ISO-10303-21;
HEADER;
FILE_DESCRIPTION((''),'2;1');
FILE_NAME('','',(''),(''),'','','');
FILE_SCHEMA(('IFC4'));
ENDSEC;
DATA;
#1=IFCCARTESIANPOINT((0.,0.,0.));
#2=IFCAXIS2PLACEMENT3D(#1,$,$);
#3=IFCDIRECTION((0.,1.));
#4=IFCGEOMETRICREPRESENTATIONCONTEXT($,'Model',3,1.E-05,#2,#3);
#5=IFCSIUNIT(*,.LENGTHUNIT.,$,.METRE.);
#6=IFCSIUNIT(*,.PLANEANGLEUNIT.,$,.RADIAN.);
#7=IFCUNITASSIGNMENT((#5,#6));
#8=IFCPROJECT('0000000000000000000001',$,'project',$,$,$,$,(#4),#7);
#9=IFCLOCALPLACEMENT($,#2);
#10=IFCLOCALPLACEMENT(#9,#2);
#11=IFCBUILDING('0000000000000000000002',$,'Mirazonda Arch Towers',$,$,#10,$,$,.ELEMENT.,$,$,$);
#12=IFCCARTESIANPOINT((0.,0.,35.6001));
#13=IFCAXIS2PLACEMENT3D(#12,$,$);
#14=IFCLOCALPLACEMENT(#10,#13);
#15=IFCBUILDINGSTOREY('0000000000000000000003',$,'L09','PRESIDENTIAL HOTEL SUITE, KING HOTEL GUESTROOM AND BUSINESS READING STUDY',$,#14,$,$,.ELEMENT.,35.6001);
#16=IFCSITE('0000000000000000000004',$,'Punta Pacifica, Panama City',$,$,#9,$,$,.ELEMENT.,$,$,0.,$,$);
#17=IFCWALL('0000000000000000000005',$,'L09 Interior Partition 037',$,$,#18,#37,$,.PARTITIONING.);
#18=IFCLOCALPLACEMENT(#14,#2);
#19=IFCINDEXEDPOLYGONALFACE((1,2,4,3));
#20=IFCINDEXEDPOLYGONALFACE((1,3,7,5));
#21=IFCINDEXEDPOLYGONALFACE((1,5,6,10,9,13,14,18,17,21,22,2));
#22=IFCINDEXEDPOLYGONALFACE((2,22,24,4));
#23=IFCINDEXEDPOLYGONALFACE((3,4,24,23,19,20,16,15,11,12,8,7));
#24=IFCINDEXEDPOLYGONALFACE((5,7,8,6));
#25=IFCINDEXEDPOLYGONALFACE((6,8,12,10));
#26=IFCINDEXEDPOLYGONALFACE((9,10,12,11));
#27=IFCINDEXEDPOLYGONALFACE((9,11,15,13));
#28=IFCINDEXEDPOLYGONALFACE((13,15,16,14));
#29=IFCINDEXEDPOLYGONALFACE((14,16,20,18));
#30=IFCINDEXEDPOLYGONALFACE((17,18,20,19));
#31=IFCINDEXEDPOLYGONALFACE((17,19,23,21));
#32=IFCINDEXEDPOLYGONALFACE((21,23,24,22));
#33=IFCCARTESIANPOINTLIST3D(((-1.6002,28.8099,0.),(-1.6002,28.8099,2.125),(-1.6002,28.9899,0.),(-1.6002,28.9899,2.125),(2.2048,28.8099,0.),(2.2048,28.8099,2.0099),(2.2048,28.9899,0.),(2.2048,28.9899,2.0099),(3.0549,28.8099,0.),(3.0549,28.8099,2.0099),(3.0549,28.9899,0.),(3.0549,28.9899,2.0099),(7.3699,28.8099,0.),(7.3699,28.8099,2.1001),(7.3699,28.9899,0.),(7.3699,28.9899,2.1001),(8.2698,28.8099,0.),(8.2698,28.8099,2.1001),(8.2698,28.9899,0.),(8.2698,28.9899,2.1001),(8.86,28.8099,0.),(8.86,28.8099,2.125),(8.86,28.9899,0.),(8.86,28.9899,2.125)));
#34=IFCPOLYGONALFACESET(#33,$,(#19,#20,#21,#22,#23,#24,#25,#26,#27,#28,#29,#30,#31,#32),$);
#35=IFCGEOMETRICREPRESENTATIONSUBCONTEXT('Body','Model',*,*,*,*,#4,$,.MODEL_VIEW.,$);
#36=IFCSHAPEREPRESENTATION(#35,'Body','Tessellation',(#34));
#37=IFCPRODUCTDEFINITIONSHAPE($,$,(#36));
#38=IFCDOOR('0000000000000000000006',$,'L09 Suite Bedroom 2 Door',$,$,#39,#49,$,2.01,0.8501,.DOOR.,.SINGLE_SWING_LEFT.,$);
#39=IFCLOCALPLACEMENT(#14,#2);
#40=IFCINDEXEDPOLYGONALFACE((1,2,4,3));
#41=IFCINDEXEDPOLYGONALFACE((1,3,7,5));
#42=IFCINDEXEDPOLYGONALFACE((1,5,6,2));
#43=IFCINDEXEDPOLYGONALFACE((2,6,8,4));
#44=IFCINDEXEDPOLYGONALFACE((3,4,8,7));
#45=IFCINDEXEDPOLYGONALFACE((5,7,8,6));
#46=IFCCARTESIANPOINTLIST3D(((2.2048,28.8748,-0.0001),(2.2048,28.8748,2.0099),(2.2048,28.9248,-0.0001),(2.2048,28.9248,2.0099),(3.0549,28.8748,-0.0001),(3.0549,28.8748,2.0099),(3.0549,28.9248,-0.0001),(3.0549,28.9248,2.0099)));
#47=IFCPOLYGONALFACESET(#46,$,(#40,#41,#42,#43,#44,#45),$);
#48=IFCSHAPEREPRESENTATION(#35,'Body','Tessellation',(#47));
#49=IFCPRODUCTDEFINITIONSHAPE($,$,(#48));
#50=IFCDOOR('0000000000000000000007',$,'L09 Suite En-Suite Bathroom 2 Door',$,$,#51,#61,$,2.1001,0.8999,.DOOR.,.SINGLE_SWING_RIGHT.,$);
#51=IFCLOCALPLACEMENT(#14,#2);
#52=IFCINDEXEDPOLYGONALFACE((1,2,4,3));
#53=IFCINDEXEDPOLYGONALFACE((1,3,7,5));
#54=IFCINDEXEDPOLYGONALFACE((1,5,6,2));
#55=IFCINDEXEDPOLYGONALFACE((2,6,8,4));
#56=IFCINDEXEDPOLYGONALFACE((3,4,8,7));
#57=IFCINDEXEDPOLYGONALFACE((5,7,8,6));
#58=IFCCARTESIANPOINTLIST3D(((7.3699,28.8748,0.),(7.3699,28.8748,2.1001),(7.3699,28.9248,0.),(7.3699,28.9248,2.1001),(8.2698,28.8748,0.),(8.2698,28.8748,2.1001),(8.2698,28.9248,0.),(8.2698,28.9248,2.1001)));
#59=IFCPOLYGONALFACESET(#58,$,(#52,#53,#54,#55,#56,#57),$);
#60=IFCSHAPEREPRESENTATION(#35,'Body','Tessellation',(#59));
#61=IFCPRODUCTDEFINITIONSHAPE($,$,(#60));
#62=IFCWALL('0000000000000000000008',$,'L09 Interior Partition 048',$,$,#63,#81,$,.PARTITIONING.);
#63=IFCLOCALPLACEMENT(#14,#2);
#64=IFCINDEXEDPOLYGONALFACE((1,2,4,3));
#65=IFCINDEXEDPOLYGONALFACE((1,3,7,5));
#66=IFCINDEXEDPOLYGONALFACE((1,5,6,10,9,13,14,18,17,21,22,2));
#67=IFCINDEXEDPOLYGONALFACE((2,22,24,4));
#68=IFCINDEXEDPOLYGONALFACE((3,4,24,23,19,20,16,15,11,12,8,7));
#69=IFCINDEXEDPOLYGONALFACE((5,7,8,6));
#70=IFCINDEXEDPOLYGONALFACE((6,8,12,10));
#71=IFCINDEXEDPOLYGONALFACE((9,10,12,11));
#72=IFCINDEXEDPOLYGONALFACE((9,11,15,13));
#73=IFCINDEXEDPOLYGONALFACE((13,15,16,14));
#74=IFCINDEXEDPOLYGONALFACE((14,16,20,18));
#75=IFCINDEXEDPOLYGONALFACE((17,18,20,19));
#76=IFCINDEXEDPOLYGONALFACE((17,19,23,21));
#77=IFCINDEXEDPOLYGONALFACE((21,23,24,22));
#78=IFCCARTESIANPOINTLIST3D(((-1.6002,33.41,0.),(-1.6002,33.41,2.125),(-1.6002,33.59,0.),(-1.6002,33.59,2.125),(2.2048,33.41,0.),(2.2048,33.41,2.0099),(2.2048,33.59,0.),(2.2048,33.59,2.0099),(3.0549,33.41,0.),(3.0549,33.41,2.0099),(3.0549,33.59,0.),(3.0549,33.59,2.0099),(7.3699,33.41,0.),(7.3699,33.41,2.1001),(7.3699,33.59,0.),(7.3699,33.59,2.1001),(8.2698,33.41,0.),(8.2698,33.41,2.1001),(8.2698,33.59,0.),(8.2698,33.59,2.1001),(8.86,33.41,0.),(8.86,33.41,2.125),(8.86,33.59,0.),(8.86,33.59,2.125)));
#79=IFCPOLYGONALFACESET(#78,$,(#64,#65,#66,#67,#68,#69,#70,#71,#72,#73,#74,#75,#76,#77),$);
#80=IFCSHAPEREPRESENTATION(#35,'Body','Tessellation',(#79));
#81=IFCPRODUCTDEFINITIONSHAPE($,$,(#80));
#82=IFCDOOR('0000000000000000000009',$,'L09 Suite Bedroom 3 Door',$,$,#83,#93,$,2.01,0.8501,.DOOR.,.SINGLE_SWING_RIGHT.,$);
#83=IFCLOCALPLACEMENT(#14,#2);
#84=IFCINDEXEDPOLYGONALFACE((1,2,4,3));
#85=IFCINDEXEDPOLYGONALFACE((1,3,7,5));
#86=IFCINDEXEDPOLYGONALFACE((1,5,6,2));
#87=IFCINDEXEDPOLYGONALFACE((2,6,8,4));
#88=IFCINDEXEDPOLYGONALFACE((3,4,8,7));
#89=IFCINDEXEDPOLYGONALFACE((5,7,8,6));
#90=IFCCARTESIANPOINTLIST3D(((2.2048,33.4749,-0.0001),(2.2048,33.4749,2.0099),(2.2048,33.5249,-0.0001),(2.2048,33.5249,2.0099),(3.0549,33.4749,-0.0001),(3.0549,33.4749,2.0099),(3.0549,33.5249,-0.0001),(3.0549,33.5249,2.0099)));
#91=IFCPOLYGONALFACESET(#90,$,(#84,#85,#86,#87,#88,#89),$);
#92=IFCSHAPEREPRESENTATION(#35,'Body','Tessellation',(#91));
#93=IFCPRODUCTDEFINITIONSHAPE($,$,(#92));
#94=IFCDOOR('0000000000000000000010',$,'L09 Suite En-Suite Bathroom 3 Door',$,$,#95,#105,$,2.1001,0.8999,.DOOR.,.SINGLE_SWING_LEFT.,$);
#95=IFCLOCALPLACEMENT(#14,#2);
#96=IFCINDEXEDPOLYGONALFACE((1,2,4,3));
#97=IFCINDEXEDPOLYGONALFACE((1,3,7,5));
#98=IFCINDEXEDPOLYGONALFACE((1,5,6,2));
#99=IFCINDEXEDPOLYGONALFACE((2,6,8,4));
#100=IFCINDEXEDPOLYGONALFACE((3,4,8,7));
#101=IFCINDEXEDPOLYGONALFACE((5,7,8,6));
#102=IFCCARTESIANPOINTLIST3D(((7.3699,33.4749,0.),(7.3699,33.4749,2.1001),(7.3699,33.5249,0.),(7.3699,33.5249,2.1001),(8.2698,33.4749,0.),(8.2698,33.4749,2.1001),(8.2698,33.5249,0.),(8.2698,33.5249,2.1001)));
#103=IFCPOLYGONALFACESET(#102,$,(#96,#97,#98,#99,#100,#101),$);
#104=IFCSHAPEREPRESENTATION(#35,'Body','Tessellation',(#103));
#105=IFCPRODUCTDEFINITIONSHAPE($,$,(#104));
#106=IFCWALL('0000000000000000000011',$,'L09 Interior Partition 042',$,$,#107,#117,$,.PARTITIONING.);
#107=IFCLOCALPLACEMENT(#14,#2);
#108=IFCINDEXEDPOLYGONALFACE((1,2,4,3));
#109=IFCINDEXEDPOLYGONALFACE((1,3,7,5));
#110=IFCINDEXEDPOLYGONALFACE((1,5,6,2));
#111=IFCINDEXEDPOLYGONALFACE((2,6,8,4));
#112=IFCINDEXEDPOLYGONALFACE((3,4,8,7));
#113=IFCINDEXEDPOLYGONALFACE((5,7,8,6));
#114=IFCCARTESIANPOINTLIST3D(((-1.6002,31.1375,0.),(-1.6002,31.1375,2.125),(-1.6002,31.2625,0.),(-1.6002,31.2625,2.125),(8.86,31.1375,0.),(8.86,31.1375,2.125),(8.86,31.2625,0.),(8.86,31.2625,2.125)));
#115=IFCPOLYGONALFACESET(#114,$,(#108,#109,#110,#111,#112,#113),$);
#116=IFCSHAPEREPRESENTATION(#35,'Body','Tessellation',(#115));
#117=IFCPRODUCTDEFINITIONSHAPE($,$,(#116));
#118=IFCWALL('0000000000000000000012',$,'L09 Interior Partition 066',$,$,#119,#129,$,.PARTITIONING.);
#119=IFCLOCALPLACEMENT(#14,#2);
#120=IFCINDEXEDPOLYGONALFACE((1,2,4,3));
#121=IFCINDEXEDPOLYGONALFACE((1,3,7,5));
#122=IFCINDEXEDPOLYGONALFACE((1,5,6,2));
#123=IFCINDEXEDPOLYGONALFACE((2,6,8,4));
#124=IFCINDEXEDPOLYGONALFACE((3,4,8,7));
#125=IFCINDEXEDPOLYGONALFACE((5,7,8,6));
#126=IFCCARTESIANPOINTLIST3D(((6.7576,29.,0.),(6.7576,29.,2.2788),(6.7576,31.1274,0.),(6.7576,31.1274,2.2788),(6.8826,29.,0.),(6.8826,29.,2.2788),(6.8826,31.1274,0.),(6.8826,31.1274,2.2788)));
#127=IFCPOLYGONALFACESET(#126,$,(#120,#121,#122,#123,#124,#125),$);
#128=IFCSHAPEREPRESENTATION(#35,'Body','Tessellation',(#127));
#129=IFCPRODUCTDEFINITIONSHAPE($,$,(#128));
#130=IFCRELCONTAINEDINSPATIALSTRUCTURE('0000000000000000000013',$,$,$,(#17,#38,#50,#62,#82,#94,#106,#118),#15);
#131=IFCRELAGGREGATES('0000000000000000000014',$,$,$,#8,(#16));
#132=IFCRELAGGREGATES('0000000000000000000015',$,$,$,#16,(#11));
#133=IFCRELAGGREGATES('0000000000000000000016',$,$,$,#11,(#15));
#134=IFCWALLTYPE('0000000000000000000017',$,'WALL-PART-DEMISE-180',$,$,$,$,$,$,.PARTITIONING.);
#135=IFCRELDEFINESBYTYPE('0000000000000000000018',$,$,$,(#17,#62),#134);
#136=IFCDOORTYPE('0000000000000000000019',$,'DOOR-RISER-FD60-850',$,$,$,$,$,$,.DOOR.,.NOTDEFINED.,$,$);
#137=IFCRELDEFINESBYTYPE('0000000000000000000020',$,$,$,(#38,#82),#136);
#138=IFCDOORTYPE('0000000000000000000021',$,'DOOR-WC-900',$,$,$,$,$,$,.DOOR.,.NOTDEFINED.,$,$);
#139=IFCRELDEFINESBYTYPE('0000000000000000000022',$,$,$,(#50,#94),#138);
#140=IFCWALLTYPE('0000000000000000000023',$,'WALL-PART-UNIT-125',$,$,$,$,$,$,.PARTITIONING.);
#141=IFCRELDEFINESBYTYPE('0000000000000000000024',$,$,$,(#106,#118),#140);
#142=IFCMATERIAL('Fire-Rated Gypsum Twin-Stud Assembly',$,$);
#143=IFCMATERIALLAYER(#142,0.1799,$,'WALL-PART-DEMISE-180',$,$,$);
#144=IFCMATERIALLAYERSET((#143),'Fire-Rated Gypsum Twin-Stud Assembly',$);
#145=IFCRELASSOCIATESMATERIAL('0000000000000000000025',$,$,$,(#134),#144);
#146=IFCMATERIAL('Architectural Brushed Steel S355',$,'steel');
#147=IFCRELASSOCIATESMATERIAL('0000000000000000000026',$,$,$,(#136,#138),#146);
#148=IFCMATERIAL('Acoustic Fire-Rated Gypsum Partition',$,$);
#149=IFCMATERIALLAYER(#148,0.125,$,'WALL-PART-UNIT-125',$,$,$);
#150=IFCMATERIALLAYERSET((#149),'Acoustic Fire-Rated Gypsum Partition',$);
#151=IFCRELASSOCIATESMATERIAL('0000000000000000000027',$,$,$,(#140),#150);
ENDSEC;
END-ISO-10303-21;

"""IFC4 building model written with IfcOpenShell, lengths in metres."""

from ifc_helpers import new_model, si_unit, direction, frame, frame_2d, origin, place, context, subcontext, project, spatial, rectangle, extrude, material, layer, layer_set, type_object, element, fill, save


model = new_model("IFC4")

# Units and contexts
model_context = context("Model", 3, precision=1e-05, world=origin(), true_north=direction((0.0, 1.0)))
body_context = subcontext(model_context, "Body", "Model", "MODEL_VIEW")
ifc_project = project(units=[si_unit("LENGTHUNIT", "METRE"), si_unit("PLANEANGLEUNIT", "RADIAN")], contexts=[model_context])

# Site, building, storey
site_placement = place(None, origin())
site = spatial("IfcSite", under=ifc_project, at=site_placement, Name="Punta Pacifica, Panama City", CompositionType="ELEMENT", RefElevation=0.0)
building_placement = place(site_placement, origin())
building = spatial("IfcBuilding", under=site, at=building_placement, Name="Mirazonda Arch Towers", CompositionType="ELEMENT")
storey_placement = place(building_placement, frame((0.0, 0.0, 35.6001)))
storey = spatial("IfcBuildingStorey", under=building, at=storey_placement, Name="L09", Description="PRESIDENTIAL HOTEL SUITE, KING HOTEL GUESTROOM AND BUSINESS READING STUDY", CompositionType="ELEMENT", Elevation=35.6001)

# Walls, openings, doors
ifc_material_1 = material(Name="Fire-Rated Gypsum Twin-Stud Assembly")
ifc_layer_1 = layer(ifc_material_1, 0.1799, Name="WALL-PART-DEMISE-180")
ifc_layer_set_1 = layer_set([ifc_layer_1], Name="Fire-Rated Gypsum Twin-Stud Assembly")
wall_type_1 = type_object("IfcWallType", Name="WALL-PART-DEMISE-180", PredefinedType="PARTITIONING", material=ifc_layer_set_1)
wall_1_placement = place(storey_placement, frame((-1.6001, 28.8999, 0.0), z_axis=(0.0, 0.0, 1.0), x_axis=(1.0, 0.0, 0.0)))
wall_1 = element("IfcWall", 1, at=wall_1_placement, inside=storey, type_object=wall_type_1, Name="L09 Interior Partition 037", PredefinedType="PARTITIONING", context=body_context, shape_type="SweptSolid", body=[
    extrude(rectangle(XDim=10.4602, YDim=0.1799, at=frame_2d((5.23, 0.0))), origin(), (0.0, 0.0, 1.0), 2.125),
])
opening_1_placement = place(wall_1_placement, frame((3.8049, 0.0, 0.0)))
opening_1 = element("IfcOpeningElement", 2, at=opening_1_placement, cuts=wall_1, PredefinedType="OPENING", context=body_context, shape_type="SweptSolid", body=[
    extrude(rectangle(XDim=0.8501, YDim=2.01, at=frame_2d((0.425, 1.0049))), frame((0.0, 0.0999, 0.0), z_axis=(0.0, -1.0, 0.0), x_axis=(1.0, 0.0, 0.0)), (0.0, 0.0, 1.0), 0.2),
])
opening_2_placement = place(wall_1_placement, frame((8.97, 0.0, 0.0)))
opening_2 = element("IfcOpeningElement", 3, at=opening_2_placement, cuts=wall_1, PredefinedType="OPENING", context=body_context, shape_type="SweptSolid", body=[
    extrude(rectangle(XDim=0.8999, YDim=2.1001, at=frame_2d((0.45, 1.05))), frame((0.0, 0.0999, 0.0), z_axis=(0.0, -1.0, 0.0), x_axis=(1.0, 0.0, 0.0)), (0.0, 0.0, 1.0), 0.2),
])
ifc_material_2 = material(Name="Architectural Brushed Steel S355", Category="steel")
door_type_1 = type_object("IfcDoorType", Name="DOOR-RISER-FD60-850", OperationType="NOTDEFINED", PredefinedType="DOOR", material=ifc_material_2)
door_1_placement = place(opening_1_placement, origin())
door_1 = element("IfcDoor", 4, at=door_1_placement, inside=storey, type_object=door_type_1, Name="L09 Suite Bedroom 2 Door", OperationType="SINGLE_SWING_LEFT", OverallHeight=2.01, OverallWidth=0.8501, PredefinedType="DOOR", context=body_context, shape_type="SweptSolid", body=[
    extrude(rectangle(XDim=0.8501, YDim=2.01, at=frame_2d((0.425, 1.0049))), frame((0.0, 0.0249, 0.0), z_axis=(0.0, -1.0, 0.0), x_axis=(1.0, 0.0, 0.0)), (0.0, 0.0, 1.0), 0.05),
])
fill(opening_1, door_1)
door_type_2 = type_object("IfcDoorType", Name="DOOR-WC-900", OperationType="NOTDEFINED", PredefinedType="DOOR", material=ifc_material_2)
door_2_placement = place(opening_2_placement, origin())
door_2 = element("IfcDoor", 5, at=door_2_placement, inside=storey, type_object=door_type_2, Name="L09 Suite En-Suite Bathroom 2 Door", OperationType="SINGLE_SWING_RIGHT", OverallHeight=2.1001, OverallWidth=0.8999, PredefinedType="DOOR", context=body_context, shape_type="SweptSolid", body=[
    extrude(rectangle(XDim=0.8999, YDim=2.1001, at=frame_2d((0.45, 1.05))), frame((0.0, 0.0249, 0.0), z_axis=(0.0, -1.0, 0.0), x_axis=(1.0, 0.0, 0.0)), (0.0, 0.0, 1.0), 0.05),
])
fill(opening_2, door_2)
wall_2_placement = place(storey_placement, frame((-1.6001, 33.5, 0.0), z_axis=(0.0, 0.0, 1.0), x_axis=(1.0, 0.0, 0.0)))
wall_2 = element("IfcWall", 6, at=wall_2_placement, inside=storey, type_object=wall_type_1, Name="L09 Interior Partition 048", PredefinedType="PARTITIONING", context=body_context, shape_type="SweptSolid", body=[
    extrude(rectangle(XDim=10.4602, YDim=0.1799, at=frame_2d((5.23, 0.0))), origin(), (0.0, 0.0, 1.0), 2.125),
])
opening_3_placement = place(wall_2_placement, frame((3.8049, 0.0, 0.0)))
opening_3 = element("IfcOpeningElement", 7, at=opening_3_placement, cuts=wall_2, PredefinedType="OPENING", context=body_context, shape_type="SweptSolid", body=[
    extrude(rectangle(XDim=0.8501, YDim=2.01, at=frame_2d((0.425, 1.0049))), frame((0.0, 0.0999, 0.0), z_axis=(0.0, -1.0, 0.0), x_axis=(1.0, 0.0, 0.0)), (0.0, 0.0, 1.0), 0.2),
])
opening_4_placement = place(wall_2_placement, frame((8.97, 0.0, 0.0)))
opening_4 = element("IfcOpeningElement", 8, at=opening_4_placement, cuts=wall_2, PredefinedType="OPENING", context=body_context, shape_type="SweptSolid", body=[
    extrude(rectangle(XDim=0.8999, YDim=2.1001, at=frame_2d((0.45, 1.05))), frame((0.0, 0.0999, 0.0), z_axis=(0.0, -1.0, 0.0), x_axis=(1.0, 0.0, 0.0)), (0.0, 0.0, 1.0), 0.2),
])
door_3_placement = place(opening_3_placement, origin())
door_3 = element("IfcDoor", 9, at=door_3_placement, inside=storey, type_object=door_type_1, Name="L09 Suite Bedroom 3 Door", OperationType="SINGLE_SWING_RIGHT", OverallHeight=2.01, OverallWidth=0.8501, PredefinedType="DOOR", context=body_context, shape_type="SweptSolid", body=[
    extrude(rectangle(XDim=0.8501, YDim=2.01, at=frame_2d((0.425, 1.0049))), frame((0.0, 0.0249, 0.0), z_axis=(0.0, -1.0, 0.0), x_axis=(1.0, 0.0, 0.0)), (0.0, 0.0, 1.0), 0.05),
])
fill(opening_3, door_3)
door_4_placement = place(opening_4_placement, origin())
door_4 = element("IfcDoor", 10, at=door_4_placement, inside=storey, type_object=door_type_2, Name="L09 Suite En-Suite Bathroom 3 Door", OperationType="SINGLE_SWING_LEFT", OverallHeight=2.1001, OverallWidth=0.8999, PredefinedType="DOOR", context=body_context, shape_type="SweptSolid", body=[
    extrude(rectangle(XDim=0.8999, YDim=2.1001, at=frame_2d((0.45, 1.05))), frame((0.0, 0.0249, 0.0), z_axis=(0.0, -1.0, 0.0), x_axis=(1.0, 0.0, 0.0)), (0.0, 0.0, 1.0), 0.05),
])
fill(opening_4, door_4)

# Walls
ifc_material_3 = material(Name="Acoustic Fire-Rated Gypsum Partition")
ifc_layer_2 = layer(ifc_material_3, 0.125, Name="WALL-PART-UNIT-125")
ifc_layer_set_2 = layer_set([ifc_layer_2], Name="Acoustic Fire-Rated Gypsum Partition")
wall_type_2 = type_object("IfcWallType", Name="WALL-PART-UNIT-125", PredefinedType="PARTITIONING", material=ifc_layer_set_2)
wall_3_placement = place(storey_placement, frame((-1.6001, 31.2, 0.0), z_axis=(0.0, 0.0, 1.0), x_axis=(1.0, 0.0, 0.0)))
element("IfcWall", 11, at=wall_3_placement, inside=storey, type_object=wall_type_2, Name="L09 Interior Partition 042", PredefinedType="PARTITIONING", context=body_context, shape_type="SweptSolid", body=[
    extrude(rectangle(XDim=10.4602, YDim=0.125, at=frame_2d((5.23, 0.0))), origin(), (0.0, 0.0, 1.0), 2.125),
])
wall_4_placement = place(storey_placement, frame((6.8201, 29.0, 0.0), z_axis=(0.0, 0.0, 1.0), x_axis=(0.0, 1.0, 0.0)))
element("IfcWall", 12, at=wall_4_placement, inside=storey, type_object=wall_type_2, Name="L09 Interior Partition 066", PredefinedType="PARTITIONING", context=body_context, shape_type="SweptSolid", body=[
    extrude(rectangle(XDim=2.1274, YDim=0.125, at=frame_2d((1.0637, 0.0))), origin(), (0.0, 0.0, 1.0), 2.2788),
])

save(model, "model.ifc")
